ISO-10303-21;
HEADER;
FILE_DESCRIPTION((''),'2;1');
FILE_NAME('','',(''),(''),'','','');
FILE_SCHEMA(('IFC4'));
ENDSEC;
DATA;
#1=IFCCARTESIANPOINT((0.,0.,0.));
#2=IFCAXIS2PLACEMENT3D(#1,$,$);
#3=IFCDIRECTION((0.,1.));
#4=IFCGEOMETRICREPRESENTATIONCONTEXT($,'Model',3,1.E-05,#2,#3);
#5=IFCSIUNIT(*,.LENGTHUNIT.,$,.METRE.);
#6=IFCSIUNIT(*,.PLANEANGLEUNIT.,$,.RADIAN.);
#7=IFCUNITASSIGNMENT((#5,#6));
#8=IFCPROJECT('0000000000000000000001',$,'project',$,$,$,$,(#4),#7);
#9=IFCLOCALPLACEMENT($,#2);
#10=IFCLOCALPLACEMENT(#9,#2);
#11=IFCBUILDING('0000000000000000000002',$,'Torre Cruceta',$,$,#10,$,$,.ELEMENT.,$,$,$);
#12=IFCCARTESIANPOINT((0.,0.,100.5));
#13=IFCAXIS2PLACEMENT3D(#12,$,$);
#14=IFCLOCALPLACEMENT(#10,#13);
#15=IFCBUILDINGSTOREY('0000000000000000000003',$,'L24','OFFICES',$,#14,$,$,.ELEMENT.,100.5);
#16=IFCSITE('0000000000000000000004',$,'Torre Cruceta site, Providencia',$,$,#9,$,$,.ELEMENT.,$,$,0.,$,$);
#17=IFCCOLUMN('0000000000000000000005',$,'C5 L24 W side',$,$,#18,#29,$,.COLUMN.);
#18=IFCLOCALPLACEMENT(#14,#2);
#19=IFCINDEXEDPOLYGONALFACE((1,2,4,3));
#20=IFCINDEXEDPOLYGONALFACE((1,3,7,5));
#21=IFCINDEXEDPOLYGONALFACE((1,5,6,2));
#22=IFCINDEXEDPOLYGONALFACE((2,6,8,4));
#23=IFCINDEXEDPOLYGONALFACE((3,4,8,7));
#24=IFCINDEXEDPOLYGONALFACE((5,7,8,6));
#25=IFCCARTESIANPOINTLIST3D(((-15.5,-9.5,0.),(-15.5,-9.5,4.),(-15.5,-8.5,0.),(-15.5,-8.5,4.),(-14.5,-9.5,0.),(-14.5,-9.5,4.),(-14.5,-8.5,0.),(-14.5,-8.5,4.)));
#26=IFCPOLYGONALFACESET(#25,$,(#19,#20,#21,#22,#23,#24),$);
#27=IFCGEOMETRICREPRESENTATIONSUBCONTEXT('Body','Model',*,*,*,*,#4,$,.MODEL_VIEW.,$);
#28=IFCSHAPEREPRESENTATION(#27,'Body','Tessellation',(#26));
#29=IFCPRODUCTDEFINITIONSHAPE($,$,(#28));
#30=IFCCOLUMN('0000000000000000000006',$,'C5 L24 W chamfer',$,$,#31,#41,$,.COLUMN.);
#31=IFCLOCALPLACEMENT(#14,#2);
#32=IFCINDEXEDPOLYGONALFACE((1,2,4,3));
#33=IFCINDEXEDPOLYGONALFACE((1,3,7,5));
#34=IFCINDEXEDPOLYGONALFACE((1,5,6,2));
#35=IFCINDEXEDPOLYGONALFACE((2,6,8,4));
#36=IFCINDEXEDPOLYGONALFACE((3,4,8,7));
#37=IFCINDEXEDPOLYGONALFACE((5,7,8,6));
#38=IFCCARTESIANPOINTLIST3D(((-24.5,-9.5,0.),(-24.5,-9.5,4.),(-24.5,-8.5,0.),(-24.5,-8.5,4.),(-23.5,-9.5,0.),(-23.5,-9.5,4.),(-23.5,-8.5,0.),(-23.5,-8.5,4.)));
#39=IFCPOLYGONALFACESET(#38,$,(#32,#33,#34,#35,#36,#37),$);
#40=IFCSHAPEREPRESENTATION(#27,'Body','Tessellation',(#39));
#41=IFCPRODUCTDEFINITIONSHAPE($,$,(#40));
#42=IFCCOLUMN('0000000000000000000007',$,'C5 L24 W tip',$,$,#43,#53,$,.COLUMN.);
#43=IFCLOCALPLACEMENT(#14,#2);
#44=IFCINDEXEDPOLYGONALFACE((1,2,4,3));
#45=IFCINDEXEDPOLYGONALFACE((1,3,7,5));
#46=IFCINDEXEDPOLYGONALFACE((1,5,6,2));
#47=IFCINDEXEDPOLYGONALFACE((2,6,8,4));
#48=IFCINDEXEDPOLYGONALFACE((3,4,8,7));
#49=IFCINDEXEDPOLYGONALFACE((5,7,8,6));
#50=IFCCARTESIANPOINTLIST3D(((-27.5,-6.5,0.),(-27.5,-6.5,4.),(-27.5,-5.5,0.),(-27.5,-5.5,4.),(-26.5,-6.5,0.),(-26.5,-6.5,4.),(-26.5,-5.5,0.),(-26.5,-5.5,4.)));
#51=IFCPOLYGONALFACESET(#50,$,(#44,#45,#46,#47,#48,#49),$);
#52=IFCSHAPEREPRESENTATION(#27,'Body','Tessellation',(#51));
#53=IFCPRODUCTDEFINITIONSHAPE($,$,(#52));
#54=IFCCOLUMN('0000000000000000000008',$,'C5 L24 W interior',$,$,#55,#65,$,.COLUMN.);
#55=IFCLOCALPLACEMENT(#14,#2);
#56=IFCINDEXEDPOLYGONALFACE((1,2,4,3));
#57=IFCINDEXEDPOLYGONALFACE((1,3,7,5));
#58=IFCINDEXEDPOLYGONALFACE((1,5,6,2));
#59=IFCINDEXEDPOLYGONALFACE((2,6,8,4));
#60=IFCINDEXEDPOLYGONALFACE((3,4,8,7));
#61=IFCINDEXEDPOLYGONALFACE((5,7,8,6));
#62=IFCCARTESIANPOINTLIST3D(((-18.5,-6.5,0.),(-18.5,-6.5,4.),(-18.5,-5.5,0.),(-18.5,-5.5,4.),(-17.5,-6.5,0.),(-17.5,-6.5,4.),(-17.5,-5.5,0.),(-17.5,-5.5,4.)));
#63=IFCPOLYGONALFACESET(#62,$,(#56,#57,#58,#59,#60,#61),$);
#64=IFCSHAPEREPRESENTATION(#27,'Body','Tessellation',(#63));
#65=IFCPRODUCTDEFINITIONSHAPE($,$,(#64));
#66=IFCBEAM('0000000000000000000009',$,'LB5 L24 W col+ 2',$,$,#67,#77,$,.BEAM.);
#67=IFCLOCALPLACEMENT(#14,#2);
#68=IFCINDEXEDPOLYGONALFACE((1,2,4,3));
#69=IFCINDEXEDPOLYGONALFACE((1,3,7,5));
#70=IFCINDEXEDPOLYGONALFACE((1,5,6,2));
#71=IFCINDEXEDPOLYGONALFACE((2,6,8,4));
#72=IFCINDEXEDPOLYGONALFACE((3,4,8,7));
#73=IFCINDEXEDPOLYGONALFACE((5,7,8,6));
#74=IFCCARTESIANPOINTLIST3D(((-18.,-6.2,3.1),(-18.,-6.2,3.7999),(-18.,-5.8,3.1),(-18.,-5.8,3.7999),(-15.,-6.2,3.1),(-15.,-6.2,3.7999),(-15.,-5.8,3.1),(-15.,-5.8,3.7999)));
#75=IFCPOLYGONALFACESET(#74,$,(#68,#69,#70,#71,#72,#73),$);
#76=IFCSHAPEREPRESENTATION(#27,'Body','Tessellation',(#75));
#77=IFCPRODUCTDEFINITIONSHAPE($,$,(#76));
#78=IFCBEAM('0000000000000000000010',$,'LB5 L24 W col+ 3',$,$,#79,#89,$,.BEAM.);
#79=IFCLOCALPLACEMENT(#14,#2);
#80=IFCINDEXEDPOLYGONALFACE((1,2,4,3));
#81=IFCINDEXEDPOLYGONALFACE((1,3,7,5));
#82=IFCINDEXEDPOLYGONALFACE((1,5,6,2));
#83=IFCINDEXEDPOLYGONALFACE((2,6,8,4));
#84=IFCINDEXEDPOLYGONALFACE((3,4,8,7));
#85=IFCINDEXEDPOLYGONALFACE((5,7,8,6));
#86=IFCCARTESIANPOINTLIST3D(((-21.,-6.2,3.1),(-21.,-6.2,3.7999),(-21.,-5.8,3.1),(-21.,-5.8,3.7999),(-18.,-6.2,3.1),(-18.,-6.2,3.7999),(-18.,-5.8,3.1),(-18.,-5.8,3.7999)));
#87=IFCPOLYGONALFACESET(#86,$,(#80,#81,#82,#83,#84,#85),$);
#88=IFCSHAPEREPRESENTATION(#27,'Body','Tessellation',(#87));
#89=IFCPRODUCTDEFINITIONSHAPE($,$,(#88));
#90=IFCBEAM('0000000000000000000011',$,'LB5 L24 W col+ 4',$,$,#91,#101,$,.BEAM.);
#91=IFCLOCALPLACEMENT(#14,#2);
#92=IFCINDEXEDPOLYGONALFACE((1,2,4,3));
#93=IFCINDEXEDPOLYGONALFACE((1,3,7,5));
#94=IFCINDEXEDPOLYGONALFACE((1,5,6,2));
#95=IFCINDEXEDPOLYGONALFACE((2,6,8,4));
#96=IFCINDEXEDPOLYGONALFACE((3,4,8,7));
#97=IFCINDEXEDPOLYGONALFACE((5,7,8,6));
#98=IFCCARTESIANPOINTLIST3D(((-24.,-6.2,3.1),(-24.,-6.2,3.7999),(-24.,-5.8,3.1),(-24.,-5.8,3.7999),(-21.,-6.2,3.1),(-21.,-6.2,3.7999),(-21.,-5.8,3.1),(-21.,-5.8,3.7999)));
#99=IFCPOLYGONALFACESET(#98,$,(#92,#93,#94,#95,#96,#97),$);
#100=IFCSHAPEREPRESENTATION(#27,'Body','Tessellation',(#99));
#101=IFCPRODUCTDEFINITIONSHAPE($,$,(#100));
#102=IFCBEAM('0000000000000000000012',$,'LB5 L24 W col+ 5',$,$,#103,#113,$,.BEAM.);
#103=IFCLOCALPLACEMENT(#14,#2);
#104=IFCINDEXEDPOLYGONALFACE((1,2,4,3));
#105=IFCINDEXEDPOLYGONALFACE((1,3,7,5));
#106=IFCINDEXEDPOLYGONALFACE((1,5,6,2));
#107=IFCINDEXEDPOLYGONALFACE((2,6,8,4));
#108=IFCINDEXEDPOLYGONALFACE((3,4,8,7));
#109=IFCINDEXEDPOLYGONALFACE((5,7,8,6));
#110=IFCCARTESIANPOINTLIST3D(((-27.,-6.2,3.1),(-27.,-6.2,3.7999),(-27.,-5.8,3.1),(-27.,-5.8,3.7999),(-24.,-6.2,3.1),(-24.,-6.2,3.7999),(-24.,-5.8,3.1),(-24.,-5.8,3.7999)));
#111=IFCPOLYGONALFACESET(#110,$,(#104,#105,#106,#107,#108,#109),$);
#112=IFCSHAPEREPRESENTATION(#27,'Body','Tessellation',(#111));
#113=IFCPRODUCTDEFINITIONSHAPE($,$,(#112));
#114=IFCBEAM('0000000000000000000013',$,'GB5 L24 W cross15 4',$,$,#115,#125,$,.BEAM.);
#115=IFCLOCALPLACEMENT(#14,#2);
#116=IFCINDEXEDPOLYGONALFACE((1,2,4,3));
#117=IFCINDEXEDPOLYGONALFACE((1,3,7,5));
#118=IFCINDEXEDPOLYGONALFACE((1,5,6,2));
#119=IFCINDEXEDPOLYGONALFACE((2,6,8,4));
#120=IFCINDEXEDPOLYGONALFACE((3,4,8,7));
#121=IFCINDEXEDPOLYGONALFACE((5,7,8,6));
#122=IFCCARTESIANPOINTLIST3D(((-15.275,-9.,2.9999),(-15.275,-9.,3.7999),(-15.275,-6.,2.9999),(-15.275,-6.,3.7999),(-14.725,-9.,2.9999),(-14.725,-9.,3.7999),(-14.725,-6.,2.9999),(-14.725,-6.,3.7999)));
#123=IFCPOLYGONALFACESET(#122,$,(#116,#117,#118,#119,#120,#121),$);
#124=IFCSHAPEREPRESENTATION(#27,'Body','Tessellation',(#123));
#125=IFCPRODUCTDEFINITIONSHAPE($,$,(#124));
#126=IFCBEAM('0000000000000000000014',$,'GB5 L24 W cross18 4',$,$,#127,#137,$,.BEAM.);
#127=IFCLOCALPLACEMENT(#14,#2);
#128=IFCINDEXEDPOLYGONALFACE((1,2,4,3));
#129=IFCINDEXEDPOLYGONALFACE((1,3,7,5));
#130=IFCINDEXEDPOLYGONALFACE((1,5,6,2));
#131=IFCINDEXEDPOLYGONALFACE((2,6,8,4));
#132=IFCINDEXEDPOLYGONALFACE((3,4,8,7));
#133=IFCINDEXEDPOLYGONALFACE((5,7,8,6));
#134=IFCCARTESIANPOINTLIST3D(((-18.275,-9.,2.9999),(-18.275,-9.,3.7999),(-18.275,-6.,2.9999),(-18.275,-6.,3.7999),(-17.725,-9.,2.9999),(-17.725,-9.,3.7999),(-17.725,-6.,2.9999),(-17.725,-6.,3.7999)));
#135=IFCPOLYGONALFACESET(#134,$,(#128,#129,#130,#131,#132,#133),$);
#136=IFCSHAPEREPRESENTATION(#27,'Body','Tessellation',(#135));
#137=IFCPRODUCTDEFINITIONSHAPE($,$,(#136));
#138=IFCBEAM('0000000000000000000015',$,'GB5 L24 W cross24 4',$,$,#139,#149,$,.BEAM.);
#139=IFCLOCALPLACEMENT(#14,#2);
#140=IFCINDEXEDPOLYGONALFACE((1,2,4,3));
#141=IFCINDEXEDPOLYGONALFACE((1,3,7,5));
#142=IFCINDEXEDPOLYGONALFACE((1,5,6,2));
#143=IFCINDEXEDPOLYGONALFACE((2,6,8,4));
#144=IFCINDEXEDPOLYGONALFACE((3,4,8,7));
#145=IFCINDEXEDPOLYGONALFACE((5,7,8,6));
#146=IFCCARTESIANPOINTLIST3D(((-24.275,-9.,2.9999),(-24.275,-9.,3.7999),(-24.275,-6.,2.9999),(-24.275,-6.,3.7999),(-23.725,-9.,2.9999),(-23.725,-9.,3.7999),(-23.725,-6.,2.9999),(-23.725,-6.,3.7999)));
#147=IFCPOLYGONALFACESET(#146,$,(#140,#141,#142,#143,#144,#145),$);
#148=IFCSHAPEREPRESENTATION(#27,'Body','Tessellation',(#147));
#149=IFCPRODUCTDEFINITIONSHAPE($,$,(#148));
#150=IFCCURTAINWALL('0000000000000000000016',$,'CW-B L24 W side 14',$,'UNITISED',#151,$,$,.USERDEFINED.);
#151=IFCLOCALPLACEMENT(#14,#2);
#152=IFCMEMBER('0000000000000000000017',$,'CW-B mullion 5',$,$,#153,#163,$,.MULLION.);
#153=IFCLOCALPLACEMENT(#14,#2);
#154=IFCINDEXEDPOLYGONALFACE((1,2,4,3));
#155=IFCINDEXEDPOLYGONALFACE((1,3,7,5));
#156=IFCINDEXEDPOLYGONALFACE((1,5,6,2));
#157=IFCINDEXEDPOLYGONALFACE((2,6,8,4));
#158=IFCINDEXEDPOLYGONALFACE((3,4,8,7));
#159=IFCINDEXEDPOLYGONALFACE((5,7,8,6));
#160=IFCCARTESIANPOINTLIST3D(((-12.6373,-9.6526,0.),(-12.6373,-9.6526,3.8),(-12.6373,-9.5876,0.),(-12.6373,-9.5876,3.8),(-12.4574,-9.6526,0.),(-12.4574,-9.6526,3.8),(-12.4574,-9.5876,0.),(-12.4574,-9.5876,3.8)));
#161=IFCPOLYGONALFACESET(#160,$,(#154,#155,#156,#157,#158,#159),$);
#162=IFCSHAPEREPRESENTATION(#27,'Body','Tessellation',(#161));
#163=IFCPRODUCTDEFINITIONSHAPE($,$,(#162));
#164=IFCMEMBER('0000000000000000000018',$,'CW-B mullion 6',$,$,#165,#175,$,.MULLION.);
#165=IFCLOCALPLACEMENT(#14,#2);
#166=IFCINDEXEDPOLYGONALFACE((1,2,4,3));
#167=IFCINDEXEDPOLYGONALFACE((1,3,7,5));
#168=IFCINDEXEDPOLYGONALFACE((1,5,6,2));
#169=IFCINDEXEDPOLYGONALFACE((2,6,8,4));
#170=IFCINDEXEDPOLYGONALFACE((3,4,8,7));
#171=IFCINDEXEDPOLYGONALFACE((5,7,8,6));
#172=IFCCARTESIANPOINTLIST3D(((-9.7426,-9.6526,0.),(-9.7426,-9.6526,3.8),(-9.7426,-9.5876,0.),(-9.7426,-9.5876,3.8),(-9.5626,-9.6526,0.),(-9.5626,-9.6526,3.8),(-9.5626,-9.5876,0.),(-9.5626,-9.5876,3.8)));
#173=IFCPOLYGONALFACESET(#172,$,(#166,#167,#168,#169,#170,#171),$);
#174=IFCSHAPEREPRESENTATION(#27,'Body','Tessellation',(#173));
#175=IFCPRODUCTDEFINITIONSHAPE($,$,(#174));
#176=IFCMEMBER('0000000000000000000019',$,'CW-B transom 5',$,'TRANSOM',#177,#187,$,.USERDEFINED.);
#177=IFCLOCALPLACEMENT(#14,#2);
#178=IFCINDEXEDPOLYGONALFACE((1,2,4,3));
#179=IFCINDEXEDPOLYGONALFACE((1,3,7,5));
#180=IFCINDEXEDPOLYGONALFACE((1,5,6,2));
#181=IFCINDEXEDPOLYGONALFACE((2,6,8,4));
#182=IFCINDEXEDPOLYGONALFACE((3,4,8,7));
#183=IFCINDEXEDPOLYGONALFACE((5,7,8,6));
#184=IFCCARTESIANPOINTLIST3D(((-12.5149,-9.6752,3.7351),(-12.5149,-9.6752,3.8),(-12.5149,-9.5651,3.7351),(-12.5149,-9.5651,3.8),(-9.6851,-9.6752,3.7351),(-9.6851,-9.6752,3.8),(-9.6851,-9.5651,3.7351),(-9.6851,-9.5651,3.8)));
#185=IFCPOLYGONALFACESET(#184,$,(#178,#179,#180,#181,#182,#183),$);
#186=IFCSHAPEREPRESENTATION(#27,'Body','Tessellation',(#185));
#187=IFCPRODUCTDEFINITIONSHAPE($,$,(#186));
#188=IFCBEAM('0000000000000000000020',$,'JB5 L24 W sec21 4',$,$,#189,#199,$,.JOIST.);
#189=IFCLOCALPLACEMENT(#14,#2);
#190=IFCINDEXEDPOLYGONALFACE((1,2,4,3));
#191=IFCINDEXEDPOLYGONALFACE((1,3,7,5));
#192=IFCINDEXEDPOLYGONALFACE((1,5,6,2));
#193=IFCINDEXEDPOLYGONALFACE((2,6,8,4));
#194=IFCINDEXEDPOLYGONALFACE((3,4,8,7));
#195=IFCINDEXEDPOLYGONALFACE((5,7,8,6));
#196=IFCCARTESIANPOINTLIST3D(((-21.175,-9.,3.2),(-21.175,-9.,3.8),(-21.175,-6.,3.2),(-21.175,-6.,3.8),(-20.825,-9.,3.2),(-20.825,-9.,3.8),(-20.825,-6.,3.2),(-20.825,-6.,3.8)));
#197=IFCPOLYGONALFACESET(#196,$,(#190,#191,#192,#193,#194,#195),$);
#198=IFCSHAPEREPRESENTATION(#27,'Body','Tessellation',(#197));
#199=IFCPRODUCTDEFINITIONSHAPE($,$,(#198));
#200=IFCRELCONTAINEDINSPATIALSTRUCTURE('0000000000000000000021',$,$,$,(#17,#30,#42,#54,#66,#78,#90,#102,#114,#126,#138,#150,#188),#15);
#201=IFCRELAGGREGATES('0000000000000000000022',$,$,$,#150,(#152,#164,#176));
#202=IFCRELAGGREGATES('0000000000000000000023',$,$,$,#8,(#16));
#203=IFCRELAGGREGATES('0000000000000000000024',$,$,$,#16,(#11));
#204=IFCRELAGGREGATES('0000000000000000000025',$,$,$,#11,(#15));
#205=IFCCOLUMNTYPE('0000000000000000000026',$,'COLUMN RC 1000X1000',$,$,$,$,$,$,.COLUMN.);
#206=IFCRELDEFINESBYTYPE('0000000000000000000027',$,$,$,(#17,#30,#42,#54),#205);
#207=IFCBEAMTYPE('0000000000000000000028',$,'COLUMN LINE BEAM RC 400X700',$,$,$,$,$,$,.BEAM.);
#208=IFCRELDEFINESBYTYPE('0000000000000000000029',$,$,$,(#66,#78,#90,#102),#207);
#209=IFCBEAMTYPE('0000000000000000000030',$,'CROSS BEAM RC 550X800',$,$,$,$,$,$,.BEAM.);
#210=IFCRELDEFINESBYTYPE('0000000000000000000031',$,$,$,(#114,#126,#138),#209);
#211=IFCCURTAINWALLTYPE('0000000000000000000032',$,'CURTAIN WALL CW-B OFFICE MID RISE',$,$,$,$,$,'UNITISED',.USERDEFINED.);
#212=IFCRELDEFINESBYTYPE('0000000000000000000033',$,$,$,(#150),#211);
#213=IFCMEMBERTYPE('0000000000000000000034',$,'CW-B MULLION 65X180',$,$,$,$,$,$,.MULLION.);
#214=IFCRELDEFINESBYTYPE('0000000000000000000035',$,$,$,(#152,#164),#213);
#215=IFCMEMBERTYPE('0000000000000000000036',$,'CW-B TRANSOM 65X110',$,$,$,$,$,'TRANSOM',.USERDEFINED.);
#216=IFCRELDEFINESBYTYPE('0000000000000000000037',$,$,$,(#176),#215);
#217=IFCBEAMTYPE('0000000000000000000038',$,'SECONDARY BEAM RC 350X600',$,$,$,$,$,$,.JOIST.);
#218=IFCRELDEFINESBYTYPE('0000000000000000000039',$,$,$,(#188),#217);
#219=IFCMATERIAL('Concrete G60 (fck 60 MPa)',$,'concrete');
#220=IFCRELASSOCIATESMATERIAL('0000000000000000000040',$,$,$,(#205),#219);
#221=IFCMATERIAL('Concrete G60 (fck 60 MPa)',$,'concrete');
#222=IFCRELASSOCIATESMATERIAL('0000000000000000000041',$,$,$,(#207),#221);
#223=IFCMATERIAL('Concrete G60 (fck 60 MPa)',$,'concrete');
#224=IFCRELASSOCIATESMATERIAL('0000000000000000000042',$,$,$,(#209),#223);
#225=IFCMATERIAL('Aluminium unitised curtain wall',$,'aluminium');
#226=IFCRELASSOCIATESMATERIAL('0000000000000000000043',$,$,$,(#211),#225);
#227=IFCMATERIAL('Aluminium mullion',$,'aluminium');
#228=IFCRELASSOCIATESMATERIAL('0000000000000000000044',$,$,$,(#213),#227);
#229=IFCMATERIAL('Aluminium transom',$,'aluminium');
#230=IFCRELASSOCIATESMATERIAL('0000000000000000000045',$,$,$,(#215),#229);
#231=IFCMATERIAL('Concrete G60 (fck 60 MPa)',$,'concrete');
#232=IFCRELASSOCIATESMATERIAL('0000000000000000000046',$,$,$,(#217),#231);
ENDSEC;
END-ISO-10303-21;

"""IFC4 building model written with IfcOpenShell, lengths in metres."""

from ifc_helpers import new_model, si_unit, direction, frame, origin, origin_2d, place, context, subcontext, project, spatial, rectangle, extrude, material, material_profile, profile_set, type_object, element, aggregate, save


model = new_model("IFC4")

# Units and contexts
model_context = context("Model", 3, precision=1e-05, world=origin(), true_north=direction((0.0, 1.0)))
body_context = subcontext(model_context, "Body", "Model", "MODEL_VIEW")
ifc_project = project(units=[si_unit("LENGTHUNIT", "METRE"), si_unit("PLANEANGLEUNIT", "RADIAN")], contexts=[model_context])

# Site, building, storey
site_placement = place(None, origin())
site = spatial("IfcSite", under=ifc_project, at=site_placement, Name="Torre Cruceta site, Providencia", CompositionType="ELEMENT", RefElevation=0.0)
building_placement = place(site_placement, origin())
building = spatial("IfcBuilding", under=site, at=building_placement, Name="Torre Cruceta", CompositionType="ELEMENT")
storey_placement = place(building_placement, frame((0.0, 0.0, 100.5)))
storey = spatial("IfcBuildingStorey", under=building, at=storey_placement, Name="L24", Description="OFFICES", CompositionType="ELEMENT", Elevation=100.5)

# Columns
ifc_material_1 = material(Name="Concrete G60 (fck 60 MPa)", Category="concrete")
ifc_material_profile_1 = material_profile(ifc_material_1, rectangle(XDim=1.0, YDim=1.0, at=origin_2d()), Name="RC 1000X1000")
ifc_profile_set_1 = profile_set([ifc_material_profile_1], Name="Concrete G60 (fck 60 MPa)")
column_type = type_object("IfcColumnType", Name="COLUMN RC 1000X1000", PredefinedType="COLUMN", material=ifc_profile_set_1)
for number, where, z_axis, x_axis, name in (
    (1, (-15.0, -9.0, 0.0), (0.0, 0.0, 1.0), (1.0, 0.0, 0.0), "C5 L24 W side"),
    (2, (-24.0, -9.0, 0.0), (0.0, 0.0, 1.0), (1.0, 0.0, 0.0), "C5 L24 W chamfer"),
    (3, (-27.0, -6.0, 0.0), (0.0, 0.0, 1.0), (1.0, 0.0, 0.0), "C5 L24 W tip"),
    (4, (-18.0, -6.0, 0.0), (0.0, 0.0, 1.0), (1.0, 0.0, 0.0), "C5 L24 W interior"),
):
    element("IfcColumn", number, at=place(storey_placement, frame(where, z_axis=z_axis, x_axis=x_axis)), inside=storey, type_object=column_type, Name=name, PredefinedType="COLUMN", context=body_context, shape_type="SweptSolid", body=[
        extrude(rectangle(XDim=1.0, YDim=1.0, at=origin_2d()), origin(), (0.0, 0.0, 1.0), 4.0),
    ])

# Beams
ifc_material_2 = material(Name="Concrete G60 (fck 60 MPa)", Category="concrete")
ifc_material_profile_2 = material_profile(ifc_material_2, rectangle(XDim=0.3999, YDim=0.7, at=origin_2d()), Name="RC 400X700")
ifc_profile_set_2 = profile_set([ifc_material_profile_2], Name="Concrete G60 (fck 60 MPa)")
beam_type_1 = type_object("IfcBeamType", Name="COLUMN LINE BEAM RC 400X700", PredefinedType="BEAM", material=ifc_profile_set_2)
for number, where, z_axis, x_axis, name in (
    (5, (-15.0, -6.0, 3.45), (-1.0, 0.0, 0.0), (0.0, -1.0, 0.0), "LB5 L24 W col+ 2"),
    (6, (-18.0, -6.0, 3.45), (-1.0, 0.0, 0.0), (0.0, -1.0, 0.0), "LB5 L24 W col+ 3"),
    (7, (-21.0, -6.0, 3.45), (-1.0, 0.0, 0.0), (0.0, -1.0, 0.0), "LB5 L24 W col+ 4"),
    (8, (-24.0, -6.0, 3.45), (-1.0, 0.0, 0.0), (0.0, -1.0, 0.0), "LB5 L24 W col+ 5"),
):
    element("IfcBeam", number, at=place(storey_placement, frame(where, z_axis=z_axis, x_axis=x_axis)), inside=storey, type_object=beam_type_1, Name=name, PredefinedType="BEAM", context=body_context, shape_type="SweptSolid", body=[
        extrude(rectangle(XDim=0.3999, YDim=0.7, at=origin_2d()), origin(), (0.0, 0.0, 1.0), 3.0),
    ])
ifc_material_3 = material(Name="Concrete G60 (fck 60 MPa)", Category="concrete")
ifc_material_profile_3 = material_profile(ifc_material_3, rectangle(XDim=0.55, YDim=0.8, at=origin_2d()), Name="RC 550X800")
ifc_profile_set_3 = profile_set([ifc_material_profile_3], Name="Concrete G60 (fck 60 MPa)")
beam_type_2 = type_object("IfcBeamType", Name="CROSS BEAM RC 550X800", PredefinedType="BEAM", material=ifc_profile_set_3)
for number, where, z_axis, x_axis, name in (
    (9, (-15.0, -6.0, 3.3999), (0.0, -1.0, 0.0), (1.0, 0.0, 0.0), "GB5 L24 W cross15 4"),
    (10, (-18.0, -6.0, 3.3999), (0.0, -1.0, 0.0), (1.0, 0.0, 0.0), "GB5 L24 W cross18 4"),
    (11, (-24.0, -6.0, 3.3999), (0.0, -1.0, 0.0), (1.0, 0.0, 0.0), "GB5 L24 W cross24 4"),
):
    element("IfcBeam", number, at=place(storey_placement, frame(where, z_axis=z_axis, x_axis=x_axis)), inside=storey, type_object=beam_type_2, Name=name, PredefinedType="BEAM", context=body_context, shape_type="SweptSolid", body=[
        extrude(rectangle(XDim=0.55, YDim=0.8, at=origin_2d()), origin(), (0.0, 0.0, 1.0), 3.0),
    ])

# Curtain wall, members
ifc_material_4 = material(Name="Aluminium unitised curtain wall", Category="aluminium")
curtain_wall_type = type_object("IfcCurtainWallType", Name="CURTAIN WALL CW-B OFFICE MID RISE", ElementType="UNITISED", PredefinedType="USERDEFINED", material=ifc_material_4)
curtain_wall_placement = place(storey_placement, origin())
curtain_wall = element("IfcCurtainWall", 12, at=curtain_wall_placement, inside=storey, type_object=curtain_wall_type, Name="CW-B L24 W side 14", ObjectType="UNITISED", PredefinedType="USERDEFINED")
ifc_material_5 = material(Name="Aluminium mullion", Category="aluminium")
ifc_material_profile_4 = material_profile(ifc_material_5, rectangle(XDim=0.0649, YDim=0.1799, at=origin_2d()), Name="AL 65X180")
ifc_profile_set_4 = profile_set([ifc_material_profile_4], Name="Aluminium mullion")
member_type_1 = type_object("IfcMemberType", Name="CW-B MULLION 65X180", PredefinedType="MULLION", material=ifc_profile_set_4)
member_1_placement = place(storey_placement, frame((-12.5474, -9.6201, 0.0), z_axis=(0.0, 0.0, 1.0), x_axis=(0.0, 1.0, 0.0)))
member_1 = element("IfcMember", 13, at=member_1_placement, type_object=member_type_1, Name="CW-B mullion 5", PredefinedType="MULLION", context=body_context, shape_type="SweptSolid", body=[
    extrude(rectangle(XDim=0.0649, YDim=0.1799, at=origin_2d()), origin(), (0.0, 0.0, 1.0), 3.8),
])
member_2_placement = place(storey_placement, frame((-9.6526, -9.6201, 0.0), z_axis=(0.0, 0.0, 1.0), x_axis=(0.0, 1.0, 0.0)))
member_2 = element("IfcMember", 14, at=member_2_placement, type_object=member_type_1, Name="CW-B mullion 6", PredefinedType="MULLION", context=body_context, shape_type="SweptSolid", body=[
    extrude(rectangle(XDim=0.0649, YDim=0.1799, at=origin_2d()), origin(), (0.0, 0.0, 1.0), 3.8),
])
ifc_material_6 = material(Name="Aluminium transom", Category="aluminium")
ifc_material_profile_5 = material_profile(ifc_material_6, rectangle(XDim=0.1101, YDim=0.0649, at=origin_2d()), Name="AL 110X65")
ifc_profile_set_5 = profile_set([ifc_material_profile_5], Name="Aluminium transom")
member_type_2 = type_object("IfcMemberType", Name="CW-B TRANSOM 65X110", ElementType="TRANSOM", PredefinedType="USERDEFINED", material=ifc_profile_set_5)
member_3_placement = place(storey_placement, frame((-12.5149, -9.6201, 3.7676), z_axis=(1.0, 0.0, 0.0), x_axis=(0.0, 1.0, 0.0)))
member_3 = element("IfcMember", 15, at=member_3_placement, type_object=member_type_2, Name="CW-B transom 5", ObjectType="TRANSOM", PredefinedType="USERDEFINED", context=body_context, shape_type="SweptSolid", body=[
    extrude(rectangle(XDim=0.1101, YDim=0.0649, at=origin_2d()), origin(), (0.0, 0.0, 1.0), 2.8298),
])

# Beam
ifc_material_7 = material(Name="Concrete G60 (fck 60 MPa)", Category="concrete")
ifc_material_profile_6 = material_profile(ifc_material_7, rectangle(XDim=0.3501, YDim=0.6001, at=origin_2d()), Name="RC 350X600")
ifc_profile_set_6 = profile_set([ifc_material_profile_6], Name="Concrete G60 (fck 60 MPa)")
beam_type_3 = type_object("IfcBeamType", Name="SECONDARY BEAM RC 350X600", PredefinedType="JOIST", material=ifc_profile_set_6)
beam_1_placement = place(storey_placement, frame((-21.0, -6.0, 3.5), z_axis=(0.0, -1.0, 0.0), x_axis=(1.0, 0.0, 0.0)))
element("IfcBeam", 16, at=beam_1_placement, inside=storey, type_object=beam_type_3, Name="JB5 L24 W sec21 4", PredefinedType="JOIST", context=body_context, shape_type="SweptSolid", body=[
    extrude(rectangle(XDim=0.3501, YDim=0.6001, at=origin_2d()), origin(), (0.0, 0.0, 1.0), 3.0),
])

aggregate(curtain_wall, [member_1, member_2, member_3])

save(model, "model.ifc")
